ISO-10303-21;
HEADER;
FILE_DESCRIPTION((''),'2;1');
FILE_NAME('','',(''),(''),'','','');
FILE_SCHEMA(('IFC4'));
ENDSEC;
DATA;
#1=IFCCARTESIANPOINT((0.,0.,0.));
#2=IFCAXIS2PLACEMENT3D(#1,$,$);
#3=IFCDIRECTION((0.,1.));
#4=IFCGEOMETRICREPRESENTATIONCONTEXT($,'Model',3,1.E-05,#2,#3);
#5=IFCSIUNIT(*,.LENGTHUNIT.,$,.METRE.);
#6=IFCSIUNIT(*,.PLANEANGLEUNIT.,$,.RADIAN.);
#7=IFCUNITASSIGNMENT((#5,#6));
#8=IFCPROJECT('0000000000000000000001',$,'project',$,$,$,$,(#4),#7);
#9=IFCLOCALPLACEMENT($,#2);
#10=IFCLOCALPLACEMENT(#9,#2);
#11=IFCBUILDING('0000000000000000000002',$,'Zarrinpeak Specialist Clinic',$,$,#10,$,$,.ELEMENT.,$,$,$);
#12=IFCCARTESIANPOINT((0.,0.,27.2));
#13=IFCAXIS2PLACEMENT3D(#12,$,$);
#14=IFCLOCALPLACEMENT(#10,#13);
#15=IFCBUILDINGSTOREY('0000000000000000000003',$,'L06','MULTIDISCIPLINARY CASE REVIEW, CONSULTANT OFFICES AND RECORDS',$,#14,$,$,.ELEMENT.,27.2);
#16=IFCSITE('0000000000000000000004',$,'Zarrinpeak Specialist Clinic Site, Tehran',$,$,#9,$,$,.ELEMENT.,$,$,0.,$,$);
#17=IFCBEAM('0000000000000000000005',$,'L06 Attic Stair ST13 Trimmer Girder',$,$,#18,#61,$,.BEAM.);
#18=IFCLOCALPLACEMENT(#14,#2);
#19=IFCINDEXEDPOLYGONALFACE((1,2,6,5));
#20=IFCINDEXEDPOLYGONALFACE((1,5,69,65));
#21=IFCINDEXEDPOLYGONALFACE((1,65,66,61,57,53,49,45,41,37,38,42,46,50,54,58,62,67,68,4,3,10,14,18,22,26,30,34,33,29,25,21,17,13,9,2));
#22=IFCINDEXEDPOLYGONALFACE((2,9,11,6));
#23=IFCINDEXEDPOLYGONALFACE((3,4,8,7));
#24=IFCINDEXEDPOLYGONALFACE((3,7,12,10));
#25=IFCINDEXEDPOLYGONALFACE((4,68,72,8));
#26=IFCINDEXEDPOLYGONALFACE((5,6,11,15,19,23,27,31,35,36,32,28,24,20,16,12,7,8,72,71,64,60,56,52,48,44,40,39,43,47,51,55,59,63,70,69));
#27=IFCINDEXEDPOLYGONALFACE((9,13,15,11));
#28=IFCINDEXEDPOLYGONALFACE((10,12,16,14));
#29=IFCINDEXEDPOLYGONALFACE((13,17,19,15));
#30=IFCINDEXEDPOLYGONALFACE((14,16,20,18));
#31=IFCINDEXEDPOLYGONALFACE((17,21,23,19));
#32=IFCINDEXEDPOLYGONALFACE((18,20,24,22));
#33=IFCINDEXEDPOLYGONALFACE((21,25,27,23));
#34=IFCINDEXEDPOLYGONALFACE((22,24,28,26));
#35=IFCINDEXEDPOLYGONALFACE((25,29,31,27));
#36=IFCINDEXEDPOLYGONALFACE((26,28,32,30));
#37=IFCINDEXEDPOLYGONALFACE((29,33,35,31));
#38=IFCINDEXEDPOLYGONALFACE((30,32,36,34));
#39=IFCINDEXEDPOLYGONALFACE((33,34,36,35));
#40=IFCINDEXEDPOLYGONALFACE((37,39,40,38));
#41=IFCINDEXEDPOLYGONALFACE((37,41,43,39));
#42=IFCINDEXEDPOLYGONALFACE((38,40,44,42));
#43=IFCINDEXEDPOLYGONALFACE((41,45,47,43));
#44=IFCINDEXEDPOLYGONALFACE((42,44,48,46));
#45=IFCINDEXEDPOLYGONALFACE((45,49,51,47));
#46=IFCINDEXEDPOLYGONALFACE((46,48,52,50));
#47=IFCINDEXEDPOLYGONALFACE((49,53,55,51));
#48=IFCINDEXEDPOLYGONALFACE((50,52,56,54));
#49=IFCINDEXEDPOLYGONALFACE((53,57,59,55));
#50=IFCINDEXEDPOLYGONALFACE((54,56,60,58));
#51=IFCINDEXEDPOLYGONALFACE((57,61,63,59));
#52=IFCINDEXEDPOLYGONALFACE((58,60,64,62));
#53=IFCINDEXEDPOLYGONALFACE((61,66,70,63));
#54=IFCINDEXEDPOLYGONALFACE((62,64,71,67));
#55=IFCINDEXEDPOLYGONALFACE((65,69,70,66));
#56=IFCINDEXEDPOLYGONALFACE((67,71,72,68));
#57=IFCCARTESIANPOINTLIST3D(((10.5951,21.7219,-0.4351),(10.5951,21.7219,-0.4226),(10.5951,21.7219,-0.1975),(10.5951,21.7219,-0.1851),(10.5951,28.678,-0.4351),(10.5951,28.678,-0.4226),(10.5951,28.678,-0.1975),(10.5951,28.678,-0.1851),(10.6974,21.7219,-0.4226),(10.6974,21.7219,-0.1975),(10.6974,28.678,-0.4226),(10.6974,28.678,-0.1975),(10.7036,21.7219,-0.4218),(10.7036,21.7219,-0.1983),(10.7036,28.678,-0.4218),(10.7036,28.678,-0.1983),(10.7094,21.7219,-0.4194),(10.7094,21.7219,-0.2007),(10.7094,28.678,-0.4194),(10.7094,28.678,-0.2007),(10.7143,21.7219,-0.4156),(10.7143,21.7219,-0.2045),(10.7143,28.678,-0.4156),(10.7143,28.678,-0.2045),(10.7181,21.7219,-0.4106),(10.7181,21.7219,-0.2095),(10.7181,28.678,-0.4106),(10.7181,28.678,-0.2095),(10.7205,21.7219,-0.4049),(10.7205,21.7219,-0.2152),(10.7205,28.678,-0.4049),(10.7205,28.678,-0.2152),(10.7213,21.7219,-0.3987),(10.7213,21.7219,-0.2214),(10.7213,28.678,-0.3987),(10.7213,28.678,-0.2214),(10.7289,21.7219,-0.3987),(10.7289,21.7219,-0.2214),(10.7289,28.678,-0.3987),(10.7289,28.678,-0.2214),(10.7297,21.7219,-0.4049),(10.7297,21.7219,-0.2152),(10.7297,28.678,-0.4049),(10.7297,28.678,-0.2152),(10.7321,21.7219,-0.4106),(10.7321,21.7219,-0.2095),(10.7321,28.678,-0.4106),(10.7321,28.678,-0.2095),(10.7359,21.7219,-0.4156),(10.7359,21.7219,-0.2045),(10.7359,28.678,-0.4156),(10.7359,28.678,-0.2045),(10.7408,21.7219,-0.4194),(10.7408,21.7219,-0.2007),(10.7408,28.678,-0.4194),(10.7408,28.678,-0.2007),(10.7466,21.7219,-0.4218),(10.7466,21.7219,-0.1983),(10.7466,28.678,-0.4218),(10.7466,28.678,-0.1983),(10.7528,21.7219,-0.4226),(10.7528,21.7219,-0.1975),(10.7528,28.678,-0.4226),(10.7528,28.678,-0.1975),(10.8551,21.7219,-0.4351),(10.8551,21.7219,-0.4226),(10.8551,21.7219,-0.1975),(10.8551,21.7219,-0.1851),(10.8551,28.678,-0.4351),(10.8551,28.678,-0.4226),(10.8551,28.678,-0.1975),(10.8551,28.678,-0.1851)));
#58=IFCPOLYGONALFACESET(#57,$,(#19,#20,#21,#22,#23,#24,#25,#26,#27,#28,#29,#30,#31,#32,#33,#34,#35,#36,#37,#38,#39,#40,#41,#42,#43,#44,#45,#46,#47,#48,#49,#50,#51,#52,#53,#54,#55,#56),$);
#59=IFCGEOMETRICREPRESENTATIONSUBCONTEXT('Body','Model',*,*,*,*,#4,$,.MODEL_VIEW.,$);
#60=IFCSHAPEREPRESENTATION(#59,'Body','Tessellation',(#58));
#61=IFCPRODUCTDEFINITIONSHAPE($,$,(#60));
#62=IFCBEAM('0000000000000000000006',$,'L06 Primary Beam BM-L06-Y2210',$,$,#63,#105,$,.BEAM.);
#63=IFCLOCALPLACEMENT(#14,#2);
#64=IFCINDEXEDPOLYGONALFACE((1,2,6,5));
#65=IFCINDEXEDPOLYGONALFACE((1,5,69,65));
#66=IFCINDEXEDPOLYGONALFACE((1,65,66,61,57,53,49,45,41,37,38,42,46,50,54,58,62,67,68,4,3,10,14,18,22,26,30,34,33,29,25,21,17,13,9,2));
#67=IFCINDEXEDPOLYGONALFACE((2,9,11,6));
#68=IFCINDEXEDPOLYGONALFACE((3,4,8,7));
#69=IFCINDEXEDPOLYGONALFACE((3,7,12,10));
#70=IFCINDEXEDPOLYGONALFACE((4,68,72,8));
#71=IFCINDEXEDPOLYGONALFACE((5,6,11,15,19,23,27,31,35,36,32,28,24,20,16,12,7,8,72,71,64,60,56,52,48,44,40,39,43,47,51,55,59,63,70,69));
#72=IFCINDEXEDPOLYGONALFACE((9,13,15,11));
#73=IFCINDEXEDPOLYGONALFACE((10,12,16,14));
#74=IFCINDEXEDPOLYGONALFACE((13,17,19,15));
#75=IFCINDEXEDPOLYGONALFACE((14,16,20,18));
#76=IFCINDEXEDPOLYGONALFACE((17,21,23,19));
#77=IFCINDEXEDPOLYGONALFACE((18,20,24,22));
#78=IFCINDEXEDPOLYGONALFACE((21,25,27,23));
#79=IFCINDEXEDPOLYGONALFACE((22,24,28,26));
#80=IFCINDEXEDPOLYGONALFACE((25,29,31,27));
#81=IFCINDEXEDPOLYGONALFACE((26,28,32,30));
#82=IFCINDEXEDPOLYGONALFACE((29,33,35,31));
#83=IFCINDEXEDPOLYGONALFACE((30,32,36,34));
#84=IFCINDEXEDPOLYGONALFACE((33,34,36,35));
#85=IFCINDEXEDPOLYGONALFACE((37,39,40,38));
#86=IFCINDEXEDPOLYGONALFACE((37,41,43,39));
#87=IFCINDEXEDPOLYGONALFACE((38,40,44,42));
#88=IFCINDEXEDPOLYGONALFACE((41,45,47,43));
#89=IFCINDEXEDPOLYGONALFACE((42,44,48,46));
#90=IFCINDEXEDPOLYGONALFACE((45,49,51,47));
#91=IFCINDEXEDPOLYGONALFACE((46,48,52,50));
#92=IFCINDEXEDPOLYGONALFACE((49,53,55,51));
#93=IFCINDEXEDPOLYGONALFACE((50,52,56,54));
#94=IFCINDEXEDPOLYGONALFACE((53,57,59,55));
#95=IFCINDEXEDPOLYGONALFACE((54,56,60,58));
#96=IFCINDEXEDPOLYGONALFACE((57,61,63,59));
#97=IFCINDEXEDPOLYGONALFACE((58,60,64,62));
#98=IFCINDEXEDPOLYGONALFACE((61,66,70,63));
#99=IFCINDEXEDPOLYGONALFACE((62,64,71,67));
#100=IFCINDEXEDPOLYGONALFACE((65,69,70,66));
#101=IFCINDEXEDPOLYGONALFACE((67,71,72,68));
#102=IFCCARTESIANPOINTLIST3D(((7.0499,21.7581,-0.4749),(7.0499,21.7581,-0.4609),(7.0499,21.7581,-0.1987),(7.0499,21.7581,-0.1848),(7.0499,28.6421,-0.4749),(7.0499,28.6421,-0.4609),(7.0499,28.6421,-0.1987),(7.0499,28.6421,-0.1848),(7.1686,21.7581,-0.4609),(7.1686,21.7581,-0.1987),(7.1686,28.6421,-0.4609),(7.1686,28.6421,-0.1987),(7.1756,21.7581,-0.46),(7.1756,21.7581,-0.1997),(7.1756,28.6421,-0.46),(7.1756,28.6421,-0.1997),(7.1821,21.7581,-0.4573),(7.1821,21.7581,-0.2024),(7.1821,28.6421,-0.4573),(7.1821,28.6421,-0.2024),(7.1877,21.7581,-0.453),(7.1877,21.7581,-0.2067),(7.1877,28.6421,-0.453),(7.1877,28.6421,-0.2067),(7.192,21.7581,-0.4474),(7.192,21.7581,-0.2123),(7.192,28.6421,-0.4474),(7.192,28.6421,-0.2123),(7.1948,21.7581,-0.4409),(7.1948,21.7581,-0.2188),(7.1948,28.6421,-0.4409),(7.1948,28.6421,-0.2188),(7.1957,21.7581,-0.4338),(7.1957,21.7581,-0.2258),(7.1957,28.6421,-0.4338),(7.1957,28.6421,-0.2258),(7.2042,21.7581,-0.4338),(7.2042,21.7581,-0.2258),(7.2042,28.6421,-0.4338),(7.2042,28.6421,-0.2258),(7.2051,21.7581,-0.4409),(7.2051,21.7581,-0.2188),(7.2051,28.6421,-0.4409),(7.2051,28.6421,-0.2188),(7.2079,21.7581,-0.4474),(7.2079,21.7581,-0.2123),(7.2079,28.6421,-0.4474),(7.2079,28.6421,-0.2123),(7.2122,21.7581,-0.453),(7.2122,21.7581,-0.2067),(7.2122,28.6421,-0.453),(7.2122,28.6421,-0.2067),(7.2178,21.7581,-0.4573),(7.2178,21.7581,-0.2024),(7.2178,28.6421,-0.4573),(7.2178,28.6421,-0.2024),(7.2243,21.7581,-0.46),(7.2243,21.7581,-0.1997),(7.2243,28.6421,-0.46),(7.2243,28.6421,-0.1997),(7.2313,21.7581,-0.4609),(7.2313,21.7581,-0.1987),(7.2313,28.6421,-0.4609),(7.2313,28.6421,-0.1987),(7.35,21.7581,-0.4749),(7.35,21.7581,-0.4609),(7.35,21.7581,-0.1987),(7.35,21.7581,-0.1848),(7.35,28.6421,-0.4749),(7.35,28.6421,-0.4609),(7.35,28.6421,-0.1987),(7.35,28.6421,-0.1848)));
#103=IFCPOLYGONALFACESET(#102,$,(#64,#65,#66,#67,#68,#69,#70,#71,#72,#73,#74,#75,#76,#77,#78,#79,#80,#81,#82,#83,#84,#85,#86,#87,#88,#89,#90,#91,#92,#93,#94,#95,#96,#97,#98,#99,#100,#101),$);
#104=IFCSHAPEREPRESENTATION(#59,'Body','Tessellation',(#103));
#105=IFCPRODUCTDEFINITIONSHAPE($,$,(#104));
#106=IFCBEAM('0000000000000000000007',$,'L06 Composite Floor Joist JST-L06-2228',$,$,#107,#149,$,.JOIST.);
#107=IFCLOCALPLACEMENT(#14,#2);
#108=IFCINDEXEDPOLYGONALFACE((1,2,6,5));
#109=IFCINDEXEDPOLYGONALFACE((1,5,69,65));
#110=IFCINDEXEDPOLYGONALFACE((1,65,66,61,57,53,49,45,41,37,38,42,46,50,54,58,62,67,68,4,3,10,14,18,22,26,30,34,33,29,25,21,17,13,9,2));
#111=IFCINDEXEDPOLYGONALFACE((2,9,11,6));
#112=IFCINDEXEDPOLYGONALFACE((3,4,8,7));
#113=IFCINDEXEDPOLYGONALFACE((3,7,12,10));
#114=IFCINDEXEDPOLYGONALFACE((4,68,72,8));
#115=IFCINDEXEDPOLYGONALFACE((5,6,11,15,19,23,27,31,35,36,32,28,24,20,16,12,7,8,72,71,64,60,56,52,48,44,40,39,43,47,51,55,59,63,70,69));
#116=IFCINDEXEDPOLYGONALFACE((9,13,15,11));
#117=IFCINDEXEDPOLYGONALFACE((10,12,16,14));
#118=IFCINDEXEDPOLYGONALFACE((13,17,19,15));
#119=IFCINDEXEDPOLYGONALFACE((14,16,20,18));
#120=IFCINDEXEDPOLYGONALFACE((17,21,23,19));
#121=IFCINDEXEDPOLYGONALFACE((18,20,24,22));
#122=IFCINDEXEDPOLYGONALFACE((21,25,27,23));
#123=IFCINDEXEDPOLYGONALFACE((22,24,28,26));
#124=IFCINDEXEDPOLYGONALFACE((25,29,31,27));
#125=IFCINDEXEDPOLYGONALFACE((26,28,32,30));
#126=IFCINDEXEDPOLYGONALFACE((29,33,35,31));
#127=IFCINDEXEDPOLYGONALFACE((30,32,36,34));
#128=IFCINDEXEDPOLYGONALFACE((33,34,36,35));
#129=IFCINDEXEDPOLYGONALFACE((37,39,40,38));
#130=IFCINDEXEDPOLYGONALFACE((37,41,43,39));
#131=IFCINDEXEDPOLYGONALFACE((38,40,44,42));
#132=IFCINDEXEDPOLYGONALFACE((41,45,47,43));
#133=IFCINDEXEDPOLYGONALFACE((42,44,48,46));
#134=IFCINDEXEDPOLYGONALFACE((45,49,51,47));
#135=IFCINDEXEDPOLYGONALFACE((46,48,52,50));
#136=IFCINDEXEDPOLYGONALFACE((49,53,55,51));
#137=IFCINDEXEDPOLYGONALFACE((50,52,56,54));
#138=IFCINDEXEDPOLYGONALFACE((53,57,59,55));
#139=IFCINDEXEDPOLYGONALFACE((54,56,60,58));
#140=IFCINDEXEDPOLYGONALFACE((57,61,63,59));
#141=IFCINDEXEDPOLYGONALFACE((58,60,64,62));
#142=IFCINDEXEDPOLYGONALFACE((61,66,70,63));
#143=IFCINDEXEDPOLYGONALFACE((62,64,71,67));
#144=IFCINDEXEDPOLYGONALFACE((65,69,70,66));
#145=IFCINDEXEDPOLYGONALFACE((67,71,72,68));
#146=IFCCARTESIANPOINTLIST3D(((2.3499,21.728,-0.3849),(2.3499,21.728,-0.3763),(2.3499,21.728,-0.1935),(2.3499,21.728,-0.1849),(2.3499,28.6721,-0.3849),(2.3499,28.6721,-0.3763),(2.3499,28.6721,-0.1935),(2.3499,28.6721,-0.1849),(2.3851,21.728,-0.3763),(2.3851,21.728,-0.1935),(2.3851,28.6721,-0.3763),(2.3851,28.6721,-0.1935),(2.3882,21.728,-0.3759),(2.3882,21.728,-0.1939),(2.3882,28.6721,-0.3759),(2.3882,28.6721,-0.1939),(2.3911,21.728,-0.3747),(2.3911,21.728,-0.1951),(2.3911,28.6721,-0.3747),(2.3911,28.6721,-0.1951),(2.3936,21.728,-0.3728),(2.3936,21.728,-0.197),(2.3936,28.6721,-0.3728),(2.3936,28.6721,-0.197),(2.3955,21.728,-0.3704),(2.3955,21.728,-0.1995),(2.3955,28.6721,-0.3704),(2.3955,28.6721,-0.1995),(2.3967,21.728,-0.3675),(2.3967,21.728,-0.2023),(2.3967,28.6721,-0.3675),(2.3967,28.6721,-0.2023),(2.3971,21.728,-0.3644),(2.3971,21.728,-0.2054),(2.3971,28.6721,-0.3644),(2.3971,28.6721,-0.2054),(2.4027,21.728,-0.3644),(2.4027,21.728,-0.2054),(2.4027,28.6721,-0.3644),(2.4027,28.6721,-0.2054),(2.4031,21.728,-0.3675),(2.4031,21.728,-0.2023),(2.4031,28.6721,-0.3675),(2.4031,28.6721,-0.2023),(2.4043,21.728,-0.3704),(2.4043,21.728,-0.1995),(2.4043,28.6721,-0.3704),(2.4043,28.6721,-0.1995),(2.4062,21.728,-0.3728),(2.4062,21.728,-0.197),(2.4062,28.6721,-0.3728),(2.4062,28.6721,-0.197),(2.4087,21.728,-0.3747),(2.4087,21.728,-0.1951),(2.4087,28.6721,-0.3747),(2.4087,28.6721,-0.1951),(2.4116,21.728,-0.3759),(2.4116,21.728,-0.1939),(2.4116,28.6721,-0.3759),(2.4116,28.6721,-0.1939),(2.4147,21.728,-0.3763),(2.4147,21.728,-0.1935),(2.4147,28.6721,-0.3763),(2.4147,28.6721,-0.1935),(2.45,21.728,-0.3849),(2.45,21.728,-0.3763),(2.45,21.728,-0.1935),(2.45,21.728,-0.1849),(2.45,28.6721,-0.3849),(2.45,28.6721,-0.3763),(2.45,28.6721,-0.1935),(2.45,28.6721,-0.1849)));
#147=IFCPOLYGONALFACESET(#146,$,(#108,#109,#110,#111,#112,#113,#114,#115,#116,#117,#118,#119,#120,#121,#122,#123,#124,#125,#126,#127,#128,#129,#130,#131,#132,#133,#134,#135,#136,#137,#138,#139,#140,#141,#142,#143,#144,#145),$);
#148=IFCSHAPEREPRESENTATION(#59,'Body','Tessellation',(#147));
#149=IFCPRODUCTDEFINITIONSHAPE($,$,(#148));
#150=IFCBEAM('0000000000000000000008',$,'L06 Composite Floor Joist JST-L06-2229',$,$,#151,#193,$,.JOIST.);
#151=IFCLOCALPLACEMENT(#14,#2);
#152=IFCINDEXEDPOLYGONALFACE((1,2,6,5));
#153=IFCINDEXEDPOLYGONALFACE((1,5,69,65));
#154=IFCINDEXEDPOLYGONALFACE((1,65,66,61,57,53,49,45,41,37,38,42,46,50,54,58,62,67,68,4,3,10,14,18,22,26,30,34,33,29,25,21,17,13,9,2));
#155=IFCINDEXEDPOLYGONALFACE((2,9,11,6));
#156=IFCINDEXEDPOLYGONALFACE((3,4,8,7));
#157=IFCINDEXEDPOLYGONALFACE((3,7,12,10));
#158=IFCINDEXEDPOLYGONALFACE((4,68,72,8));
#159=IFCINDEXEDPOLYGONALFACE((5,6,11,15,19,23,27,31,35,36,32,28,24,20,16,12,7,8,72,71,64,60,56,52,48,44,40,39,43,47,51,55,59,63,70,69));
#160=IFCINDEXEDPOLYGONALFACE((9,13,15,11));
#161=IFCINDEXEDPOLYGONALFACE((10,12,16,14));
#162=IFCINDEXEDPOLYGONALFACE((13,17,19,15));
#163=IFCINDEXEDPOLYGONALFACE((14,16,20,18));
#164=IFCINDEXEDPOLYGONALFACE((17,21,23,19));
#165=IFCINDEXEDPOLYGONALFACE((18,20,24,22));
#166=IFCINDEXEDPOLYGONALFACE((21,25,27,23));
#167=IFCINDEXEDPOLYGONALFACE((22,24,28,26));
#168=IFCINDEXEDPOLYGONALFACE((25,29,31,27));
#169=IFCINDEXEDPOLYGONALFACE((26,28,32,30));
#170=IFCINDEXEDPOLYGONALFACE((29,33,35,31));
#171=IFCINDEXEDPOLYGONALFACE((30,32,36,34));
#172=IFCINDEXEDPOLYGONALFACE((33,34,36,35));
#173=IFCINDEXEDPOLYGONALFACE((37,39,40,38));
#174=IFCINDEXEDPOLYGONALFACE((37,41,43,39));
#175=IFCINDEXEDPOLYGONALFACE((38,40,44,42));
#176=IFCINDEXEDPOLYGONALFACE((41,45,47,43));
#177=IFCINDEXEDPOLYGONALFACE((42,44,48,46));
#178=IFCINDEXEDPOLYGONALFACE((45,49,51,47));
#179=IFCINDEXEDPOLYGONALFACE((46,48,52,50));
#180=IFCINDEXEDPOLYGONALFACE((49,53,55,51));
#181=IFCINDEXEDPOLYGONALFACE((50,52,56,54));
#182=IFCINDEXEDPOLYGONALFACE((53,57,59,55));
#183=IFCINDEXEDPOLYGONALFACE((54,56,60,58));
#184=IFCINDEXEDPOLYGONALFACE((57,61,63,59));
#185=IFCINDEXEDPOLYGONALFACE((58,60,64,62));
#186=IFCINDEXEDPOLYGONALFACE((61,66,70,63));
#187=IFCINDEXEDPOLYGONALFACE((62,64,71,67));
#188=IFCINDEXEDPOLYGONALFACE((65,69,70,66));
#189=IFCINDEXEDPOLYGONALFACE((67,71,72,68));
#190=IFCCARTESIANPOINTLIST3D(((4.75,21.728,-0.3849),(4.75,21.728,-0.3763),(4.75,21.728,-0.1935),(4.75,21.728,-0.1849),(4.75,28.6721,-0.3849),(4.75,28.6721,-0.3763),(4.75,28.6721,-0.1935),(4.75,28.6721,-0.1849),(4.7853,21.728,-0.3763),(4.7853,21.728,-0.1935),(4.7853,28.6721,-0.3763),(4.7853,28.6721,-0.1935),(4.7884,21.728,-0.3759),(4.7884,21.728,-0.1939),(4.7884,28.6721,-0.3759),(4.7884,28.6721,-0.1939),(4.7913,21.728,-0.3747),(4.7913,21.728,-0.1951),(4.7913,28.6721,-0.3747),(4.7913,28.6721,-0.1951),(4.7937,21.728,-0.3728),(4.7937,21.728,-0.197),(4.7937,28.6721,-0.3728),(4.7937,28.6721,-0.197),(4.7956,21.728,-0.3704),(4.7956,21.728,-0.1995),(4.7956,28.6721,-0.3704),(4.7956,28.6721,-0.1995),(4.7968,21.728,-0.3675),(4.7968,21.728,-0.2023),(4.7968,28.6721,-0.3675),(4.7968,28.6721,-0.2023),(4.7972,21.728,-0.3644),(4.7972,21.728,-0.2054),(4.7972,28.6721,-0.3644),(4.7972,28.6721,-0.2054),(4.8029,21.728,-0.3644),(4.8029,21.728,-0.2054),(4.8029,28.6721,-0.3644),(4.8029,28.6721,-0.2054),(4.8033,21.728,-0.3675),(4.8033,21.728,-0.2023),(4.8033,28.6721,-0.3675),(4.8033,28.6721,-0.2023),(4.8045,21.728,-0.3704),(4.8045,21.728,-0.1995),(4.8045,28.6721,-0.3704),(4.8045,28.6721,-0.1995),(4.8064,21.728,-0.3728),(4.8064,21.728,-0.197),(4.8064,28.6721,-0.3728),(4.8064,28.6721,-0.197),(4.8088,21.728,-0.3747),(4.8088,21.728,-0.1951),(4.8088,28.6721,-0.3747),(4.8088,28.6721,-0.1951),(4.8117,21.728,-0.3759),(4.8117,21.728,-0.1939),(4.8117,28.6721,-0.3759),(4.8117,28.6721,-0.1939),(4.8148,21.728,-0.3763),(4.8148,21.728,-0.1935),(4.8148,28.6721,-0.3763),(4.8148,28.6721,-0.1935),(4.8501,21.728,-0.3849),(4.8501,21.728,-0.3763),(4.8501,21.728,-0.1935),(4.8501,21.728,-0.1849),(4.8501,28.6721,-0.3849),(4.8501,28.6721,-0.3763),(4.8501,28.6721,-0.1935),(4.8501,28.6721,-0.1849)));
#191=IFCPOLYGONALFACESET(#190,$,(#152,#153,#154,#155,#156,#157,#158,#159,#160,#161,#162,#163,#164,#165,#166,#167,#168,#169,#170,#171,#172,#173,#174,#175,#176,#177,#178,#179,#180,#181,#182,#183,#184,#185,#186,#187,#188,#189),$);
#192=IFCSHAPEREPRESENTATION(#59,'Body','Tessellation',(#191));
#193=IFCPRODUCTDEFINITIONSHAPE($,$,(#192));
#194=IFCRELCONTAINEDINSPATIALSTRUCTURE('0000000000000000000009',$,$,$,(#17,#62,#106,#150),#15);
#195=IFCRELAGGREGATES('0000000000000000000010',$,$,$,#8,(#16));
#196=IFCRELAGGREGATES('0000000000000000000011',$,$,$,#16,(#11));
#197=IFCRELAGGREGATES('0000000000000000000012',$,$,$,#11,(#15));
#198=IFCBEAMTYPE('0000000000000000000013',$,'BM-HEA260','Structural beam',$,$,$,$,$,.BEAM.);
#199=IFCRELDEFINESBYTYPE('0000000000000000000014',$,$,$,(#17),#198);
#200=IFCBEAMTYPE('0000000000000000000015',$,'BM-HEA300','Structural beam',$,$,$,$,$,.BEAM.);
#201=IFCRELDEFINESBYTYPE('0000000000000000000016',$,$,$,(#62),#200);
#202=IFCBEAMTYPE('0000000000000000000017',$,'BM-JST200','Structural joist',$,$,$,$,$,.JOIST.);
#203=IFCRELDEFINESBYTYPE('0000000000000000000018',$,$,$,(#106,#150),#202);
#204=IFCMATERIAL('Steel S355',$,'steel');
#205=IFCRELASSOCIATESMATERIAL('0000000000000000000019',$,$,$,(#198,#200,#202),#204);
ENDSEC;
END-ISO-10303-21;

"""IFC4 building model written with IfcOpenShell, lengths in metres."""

from ifc_helpers import new_model, si_unit, direction, frame, origin, origin_2d, place, context, subcontext, project, spatial, i_section, extrude, material, material_profile, profile_set, type_object, element, save


model = new_model("IFC4")

# Units and contexts
model_context = context("Model", 3, precision=1e-05, world=origin(), true_north=direction((0.0, 1.0)))
body_context = subcontext(model_context, "Body", "Model", "MODEL_VIEW")
ifc_project = project(units=[si_unit("LENGTHUNIT", "METRE"), si_unit("PLANEANGLEUNIT", "RADIAN")], contexts=[model_context])

# Site, building, storey
site_placement = place(None, origin())
site = spatial("IfcSite", under=ifc_project, at=site_placement, Name="Zarrinpeak Specialist Clinic Site, Tehran", CompositionType="ELEMENT", RefElevation=0.0)
building_placement = place(site_placement, origin())
building = spatial("IfcBuilding", under=site, at=building_placement, Name="Zarrinpeak Specialist Clinic", CompositionType="ELEMENT")
storey_placement = place(building_placement, frame((0.0, 0.0, 27.2)))
storey = spatial("IfcBuildingStorey", under=building, at=storey_placement, Name="L06", Description="MULTIDISCIPLINARY CASE REVIEW, CONSULTANT OFFICES AND RECORDS", CompositionType="ELEMENT", Elevation=27.2)

# Shared definitions
ifc_material_1 = material(Name="Steel S355", Category="steel")

# Beams
ifc_material_profile_1 = material_profile(ifc_material_1, i_section(OverallWidth=0.26, OverallDepth=0.25, WebThickness=0.0076, FlangeThickness=0.0125, FilletRadius=0.0239, at=origin_2d()), Name="HEA 260")
ifc_profile_set_1 = profile_set([ifc_material_profile_1], Name="Steel S355")
beam_type_1 = type_object("IfcBeamType", Name="BM-HEA260", Description="Structural beam", PredefinedType="BEAM", material=ifc_profile_set_1)
beam_1_placement = place(storey_placement, frame((10.7251, 21.7219, -0.3101), z_axis=(0.0, 1.0, 0.0), x_axis=(-1.0, 0.0, 0.0)))
element("IfcBeam", 1, at=beam_1_placement, inside=storey, type_object=beam_type_1, Name="L06 Attic Stair ST13 Trimmer Girder", PredefinedType="BEAM", context=body_context, shape_type="SweptSolid", body=[
    extrude(i_section(OverallWidth=0.26, OverallDepth=0.25, WebThickness=0.0076, FlangeThickness=0.0125, FilletRadius=0.0239, at=origin_2d()), origin(), (0.0, 0.0, 1.0), 6.9561),
])
ifc_material_profile_2 = material_profile(ifc_material_1, i_section(OverallWidth=0.3, OverallDepth=0.29, WebThickness=0.0085, FlangeThickness=0.0139, FilletRadius=0.0271, at=origin_2d()), Name="HEA 300")
ifc_profile_set_2 = profile_set([ifc_material_profile_2], Name="Steel S355")
beam_type_2 = type_object("IfcBeamType", Name="BM-HEA300", Description="Structural beam", PredefinedType="BEAM", material=ifc_profile_set_2)
beam_2_placement = place(storey_placement, frame((7.2, 21.7581, -0.3298), z_axis=(0.0, 1.0, 0.0), x_axis=(-1.0, 0.0, 0.0)))
element("IfcBeam", 2, at=beam_2_placement, inside=storey, type_object=beam_type_2, Name="L06 Primary Beam BM-L06-Y2210", PredefinedType="BEAM", context=body_context, shape_type="SweptSolid", body=[
    extrude(i_section(OverallWidth=0.3, OverallDepth=0.29, WebThickness=0.0085, FlangeThickness=0.0139, FilletRadius=0.0271, at=origin_2d()), origin(), (0.0, 0.0, 1.0), 6.884),
])
ifc_material_profile_3 = material_profile(ifc_material_1, i_section(OverallWidth=0.1001, OverallDepth=0.2, WebThickness=0.0056, FlangeThickness=0.0085, FilletRadius=0.012, at=origin_2d()), Name="IPE 200")
ifc_profile_set_3 = profile_set([ifc_material_profile_3], Name="Steel S355")
beam_type_3 = type_object("IfcBeamType", Name="BM-JST200", Description="Structural joist", PredefinedType="JOIST", material=ifc_profile_set_3)
for number, where, z_axis, x_axis, name in (
    (3, (2.3999, 21.728, -0.2849), (0.0, 1.0, 0.0), (-1.0, 0.0, 0.0), "L06 Composite Floor Joist JST-L06-2228"),
    (4, (4.8, 21.728, -0.2849), (0.0, 1.0, 0.0), (-1.0, 0.0, 0.0), "L06 Composite Floor Joist JST-L06-2229"),
):
    element("IfcBeam", number, at=place(storey_placement, frame(where, z_axis=z_axis, x_axis=x_axis)), inside=storey, type_object=beam_type_3, Name=name, PredefinedType="JOIST", context=body_context, shape_type="SweptSolid", body=[
        extrude(i_section(OverallWidth=0.1001, OverallDepth=0.2, WebThickness=0.0056, FlangeThickness=0.0085, FilletRadius=0.012, at=origin_2d()), origin(), (0.0, 0.0, 1.0), 6.9441),
    ])

save(model, "model.ifc")
